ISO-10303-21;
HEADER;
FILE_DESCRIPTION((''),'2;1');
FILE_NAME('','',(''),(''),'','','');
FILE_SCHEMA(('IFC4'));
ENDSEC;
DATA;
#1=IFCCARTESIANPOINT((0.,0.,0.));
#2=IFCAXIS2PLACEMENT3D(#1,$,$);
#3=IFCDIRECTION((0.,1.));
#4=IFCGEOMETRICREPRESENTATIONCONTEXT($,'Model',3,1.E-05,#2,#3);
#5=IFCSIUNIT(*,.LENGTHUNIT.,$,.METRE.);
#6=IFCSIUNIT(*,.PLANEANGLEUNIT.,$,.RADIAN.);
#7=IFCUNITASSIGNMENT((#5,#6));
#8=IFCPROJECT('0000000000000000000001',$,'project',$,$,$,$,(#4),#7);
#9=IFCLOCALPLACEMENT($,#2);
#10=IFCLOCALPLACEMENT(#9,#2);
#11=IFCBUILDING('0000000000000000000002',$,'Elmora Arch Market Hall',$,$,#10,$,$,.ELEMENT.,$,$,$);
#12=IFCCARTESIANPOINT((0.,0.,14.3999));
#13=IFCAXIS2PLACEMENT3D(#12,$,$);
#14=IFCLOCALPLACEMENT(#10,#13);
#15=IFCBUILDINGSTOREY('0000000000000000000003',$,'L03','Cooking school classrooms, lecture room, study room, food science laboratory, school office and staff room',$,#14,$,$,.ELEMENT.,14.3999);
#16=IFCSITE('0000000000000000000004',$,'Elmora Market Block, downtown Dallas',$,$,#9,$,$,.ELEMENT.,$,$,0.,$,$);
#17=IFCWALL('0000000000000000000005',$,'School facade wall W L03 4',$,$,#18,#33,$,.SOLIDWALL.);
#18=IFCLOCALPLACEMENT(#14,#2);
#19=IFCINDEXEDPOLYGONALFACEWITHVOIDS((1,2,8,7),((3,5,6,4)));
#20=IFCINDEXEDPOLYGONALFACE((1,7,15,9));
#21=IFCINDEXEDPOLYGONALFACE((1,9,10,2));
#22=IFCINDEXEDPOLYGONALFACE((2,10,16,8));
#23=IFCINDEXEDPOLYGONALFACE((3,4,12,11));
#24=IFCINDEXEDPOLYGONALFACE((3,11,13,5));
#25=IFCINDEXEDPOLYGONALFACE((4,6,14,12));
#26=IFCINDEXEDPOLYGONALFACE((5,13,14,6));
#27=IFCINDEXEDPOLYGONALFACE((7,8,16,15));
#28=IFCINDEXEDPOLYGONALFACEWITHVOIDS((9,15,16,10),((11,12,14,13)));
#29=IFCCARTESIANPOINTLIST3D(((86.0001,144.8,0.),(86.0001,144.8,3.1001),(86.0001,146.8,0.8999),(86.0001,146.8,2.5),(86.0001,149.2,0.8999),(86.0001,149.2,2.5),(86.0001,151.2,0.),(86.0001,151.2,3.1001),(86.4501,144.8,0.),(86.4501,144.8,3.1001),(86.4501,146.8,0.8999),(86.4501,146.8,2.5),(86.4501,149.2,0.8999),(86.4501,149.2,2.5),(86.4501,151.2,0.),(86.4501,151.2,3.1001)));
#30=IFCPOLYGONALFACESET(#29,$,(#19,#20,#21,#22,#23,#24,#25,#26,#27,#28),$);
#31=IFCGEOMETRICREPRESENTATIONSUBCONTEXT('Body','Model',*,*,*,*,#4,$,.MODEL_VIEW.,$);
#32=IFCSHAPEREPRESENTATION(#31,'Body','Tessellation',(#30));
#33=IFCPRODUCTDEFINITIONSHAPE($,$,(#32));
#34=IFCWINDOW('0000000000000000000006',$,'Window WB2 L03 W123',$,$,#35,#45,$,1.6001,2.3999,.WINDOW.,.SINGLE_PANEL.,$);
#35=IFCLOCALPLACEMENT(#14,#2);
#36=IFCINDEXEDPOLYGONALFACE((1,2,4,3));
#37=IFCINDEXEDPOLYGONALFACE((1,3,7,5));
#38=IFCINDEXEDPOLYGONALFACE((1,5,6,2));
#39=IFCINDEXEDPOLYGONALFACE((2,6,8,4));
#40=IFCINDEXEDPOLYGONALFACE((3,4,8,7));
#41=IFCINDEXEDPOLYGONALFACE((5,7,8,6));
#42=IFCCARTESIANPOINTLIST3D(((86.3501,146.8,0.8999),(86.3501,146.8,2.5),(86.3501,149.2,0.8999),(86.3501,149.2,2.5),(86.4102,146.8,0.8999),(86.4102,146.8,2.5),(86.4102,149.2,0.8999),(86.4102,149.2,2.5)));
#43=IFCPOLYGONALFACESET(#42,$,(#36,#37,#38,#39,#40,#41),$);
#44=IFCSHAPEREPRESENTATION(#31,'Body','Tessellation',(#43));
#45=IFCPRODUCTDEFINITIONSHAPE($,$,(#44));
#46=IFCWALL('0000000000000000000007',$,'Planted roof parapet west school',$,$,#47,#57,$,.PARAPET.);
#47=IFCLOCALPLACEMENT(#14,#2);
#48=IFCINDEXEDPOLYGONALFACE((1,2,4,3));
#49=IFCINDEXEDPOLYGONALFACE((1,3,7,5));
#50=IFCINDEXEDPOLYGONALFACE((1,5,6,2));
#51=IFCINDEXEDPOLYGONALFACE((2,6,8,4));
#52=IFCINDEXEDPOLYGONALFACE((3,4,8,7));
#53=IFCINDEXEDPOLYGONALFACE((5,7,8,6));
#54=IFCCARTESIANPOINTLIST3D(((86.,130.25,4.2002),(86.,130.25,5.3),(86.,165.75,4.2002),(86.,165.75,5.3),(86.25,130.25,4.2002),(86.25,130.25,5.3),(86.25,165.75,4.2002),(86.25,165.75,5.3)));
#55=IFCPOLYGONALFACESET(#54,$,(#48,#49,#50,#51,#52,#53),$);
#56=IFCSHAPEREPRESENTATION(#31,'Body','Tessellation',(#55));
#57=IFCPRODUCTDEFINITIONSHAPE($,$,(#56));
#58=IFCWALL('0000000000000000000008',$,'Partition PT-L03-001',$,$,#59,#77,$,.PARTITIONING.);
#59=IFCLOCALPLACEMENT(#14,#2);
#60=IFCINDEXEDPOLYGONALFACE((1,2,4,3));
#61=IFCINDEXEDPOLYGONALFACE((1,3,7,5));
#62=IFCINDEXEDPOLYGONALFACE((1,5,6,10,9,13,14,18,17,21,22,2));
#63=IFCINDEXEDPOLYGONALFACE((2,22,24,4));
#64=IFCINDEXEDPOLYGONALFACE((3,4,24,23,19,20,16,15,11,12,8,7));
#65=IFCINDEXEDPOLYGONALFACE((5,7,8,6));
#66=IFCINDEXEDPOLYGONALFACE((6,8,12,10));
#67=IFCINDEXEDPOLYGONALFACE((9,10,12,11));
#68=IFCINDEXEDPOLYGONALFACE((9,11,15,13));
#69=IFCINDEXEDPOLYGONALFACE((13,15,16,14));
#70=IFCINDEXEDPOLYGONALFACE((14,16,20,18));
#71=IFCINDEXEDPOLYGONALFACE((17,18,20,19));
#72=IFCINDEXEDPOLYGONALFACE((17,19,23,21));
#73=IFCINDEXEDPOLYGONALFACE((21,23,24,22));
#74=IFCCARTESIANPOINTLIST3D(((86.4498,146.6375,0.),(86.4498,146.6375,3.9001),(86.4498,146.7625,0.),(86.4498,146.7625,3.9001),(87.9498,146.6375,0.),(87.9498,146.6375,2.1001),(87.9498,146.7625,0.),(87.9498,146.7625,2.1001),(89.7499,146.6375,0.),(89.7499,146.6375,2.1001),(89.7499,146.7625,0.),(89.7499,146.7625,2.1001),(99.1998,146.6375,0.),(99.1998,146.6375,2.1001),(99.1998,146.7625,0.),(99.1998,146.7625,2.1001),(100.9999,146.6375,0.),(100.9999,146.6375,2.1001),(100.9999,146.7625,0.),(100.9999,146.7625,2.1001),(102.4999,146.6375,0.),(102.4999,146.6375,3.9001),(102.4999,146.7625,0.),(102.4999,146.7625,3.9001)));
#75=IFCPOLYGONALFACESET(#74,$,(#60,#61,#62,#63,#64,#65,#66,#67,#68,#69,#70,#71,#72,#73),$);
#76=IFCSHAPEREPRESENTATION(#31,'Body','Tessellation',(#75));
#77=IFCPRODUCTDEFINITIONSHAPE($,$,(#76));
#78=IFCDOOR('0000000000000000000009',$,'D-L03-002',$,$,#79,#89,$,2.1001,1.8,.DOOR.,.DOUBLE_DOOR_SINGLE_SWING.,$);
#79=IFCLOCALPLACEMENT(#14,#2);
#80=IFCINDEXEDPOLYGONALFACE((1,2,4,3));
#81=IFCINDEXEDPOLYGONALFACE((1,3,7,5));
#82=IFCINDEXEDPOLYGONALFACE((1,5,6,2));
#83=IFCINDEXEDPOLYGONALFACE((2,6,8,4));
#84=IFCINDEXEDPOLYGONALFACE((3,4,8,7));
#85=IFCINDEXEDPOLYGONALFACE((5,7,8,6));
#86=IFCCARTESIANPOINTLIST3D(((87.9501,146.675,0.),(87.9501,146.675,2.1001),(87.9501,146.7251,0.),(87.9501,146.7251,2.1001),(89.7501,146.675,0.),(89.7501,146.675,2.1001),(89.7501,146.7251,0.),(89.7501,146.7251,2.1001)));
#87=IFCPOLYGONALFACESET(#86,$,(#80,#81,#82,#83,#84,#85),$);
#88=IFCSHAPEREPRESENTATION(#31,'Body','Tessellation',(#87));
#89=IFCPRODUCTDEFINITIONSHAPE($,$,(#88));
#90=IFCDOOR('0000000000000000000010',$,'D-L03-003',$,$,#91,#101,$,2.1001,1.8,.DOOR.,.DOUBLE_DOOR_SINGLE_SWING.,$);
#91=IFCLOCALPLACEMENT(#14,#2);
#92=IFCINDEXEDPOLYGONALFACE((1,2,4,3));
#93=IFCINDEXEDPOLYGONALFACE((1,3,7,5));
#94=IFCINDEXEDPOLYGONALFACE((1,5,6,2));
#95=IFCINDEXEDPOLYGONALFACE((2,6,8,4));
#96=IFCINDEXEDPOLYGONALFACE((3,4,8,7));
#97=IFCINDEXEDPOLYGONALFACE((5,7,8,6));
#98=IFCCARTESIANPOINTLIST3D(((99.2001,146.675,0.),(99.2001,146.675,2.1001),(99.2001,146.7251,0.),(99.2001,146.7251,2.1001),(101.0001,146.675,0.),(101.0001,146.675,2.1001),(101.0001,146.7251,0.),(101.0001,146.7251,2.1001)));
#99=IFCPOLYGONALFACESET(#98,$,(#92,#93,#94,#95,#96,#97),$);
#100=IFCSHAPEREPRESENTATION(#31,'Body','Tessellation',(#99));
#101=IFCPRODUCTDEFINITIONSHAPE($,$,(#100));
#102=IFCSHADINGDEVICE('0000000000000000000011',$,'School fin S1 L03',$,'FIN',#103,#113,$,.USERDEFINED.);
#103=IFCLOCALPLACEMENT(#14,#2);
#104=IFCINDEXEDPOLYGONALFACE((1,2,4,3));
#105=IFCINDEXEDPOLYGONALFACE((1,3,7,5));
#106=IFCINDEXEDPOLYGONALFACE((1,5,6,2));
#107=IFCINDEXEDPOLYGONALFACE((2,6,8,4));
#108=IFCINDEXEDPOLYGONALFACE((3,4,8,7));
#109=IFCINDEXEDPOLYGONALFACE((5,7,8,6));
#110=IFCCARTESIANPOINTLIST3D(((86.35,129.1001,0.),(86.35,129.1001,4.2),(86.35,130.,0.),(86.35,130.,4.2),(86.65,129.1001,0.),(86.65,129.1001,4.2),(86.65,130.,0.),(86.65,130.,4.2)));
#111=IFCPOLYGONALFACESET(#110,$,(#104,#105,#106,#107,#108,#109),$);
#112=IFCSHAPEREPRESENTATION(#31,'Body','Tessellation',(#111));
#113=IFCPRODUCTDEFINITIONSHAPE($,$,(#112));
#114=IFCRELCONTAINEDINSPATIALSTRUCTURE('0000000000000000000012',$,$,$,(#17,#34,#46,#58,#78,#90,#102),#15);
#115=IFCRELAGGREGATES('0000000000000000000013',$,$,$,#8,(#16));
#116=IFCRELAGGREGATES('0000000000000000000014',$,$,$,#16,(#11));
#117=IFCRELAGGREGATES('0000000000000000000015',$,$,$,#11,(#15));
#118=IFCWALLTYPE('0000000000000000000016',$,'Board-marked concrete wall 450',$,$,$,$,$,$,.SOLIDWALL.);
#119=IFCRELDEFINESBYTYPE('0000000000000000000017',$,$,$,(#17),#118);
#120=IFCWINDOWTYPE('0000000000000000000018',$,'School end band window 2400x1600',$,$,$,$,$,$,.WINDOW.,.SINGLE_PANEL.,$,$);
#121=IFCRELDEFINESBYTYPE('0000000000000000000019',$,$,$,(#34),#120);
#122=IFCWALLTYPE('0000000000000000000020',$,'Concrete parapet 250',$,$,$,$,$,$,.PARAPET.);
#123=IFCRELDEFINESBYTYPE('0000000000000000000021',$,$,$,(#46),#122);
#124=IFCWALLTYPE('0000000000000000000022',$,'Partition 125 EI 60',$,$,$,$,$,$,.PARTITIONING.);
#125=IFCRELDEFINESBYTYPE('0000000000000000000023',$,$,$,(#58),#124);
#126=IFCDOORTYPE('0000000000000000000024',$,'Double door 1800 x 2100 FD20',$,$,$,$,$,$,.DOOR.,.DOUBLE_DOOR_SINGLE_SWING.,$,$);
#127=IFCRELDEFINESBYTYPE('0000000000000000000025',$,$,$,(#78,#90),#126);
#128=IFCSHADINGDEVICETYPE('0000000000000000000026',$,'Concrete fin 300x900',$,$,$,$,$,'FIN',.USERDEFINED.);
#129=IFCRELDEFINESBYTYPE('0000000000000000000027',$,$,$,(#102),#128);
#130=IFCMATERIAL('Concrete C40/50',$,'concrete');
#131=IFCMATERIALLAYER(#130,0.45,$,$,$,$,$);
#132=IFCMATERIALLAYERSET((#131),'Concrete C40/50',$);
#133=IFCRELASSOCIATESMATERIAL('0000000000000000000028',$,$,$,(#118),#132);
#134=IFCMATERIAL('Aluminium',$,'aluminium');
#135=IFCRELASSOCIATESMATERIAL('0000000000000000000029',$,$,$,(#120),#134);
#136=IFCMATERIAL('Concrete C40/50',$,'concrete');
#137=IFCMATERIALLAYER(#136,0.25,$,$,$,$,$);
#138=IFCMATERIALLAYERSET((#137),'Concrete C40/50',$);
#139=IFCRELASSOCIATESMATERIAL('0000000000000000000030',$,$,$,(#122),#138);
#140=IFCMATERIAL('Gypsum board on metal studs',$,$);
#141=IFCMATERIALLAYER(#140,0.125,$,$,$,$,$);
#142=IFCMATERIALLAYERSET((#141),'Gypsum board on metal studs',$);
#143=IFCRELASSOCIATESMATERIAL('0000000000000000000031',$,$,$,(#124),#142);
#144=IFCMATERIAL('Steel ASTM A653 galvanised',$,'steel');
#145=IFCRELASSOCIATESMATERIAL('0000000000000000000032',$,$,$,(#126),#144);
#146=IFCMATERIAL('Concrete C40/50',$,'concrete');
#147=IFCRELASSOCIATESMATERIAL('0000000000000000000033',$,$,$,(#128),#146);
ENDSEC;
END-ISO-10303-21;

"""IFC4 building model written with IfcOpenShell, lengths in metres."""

from ifc_helpers import new_model, si_unit, direction, frame, frame_2d, origin, origin_2d, place, context, subcontext, project, spatial, rectangle, extrude, material, layer, layer_set, type_object, element, fill, save


model = new_model("IFC4")

# Units and contexts
model_context = context("Model", 3, precision=1e-05, world=origin(), true_north=direction((0.0, 1.0)))
body_context = subcontext(model_context, "Body", "Model", "MODEL_VIEW")
ifc_project = project(units=[si_unit("LENGTHUNIT", "METRE"), si_unit("PLANEANGLEUNIT", "RADIAN")], contexts=[model_context])

# Site, building, storey
site_placement = place(None, origin())
site = spatial("IfcSite", under=ifc_project, at=site_placement, Name="Elmora Market Block, downtown Dallas", CompositionType="ELEMENT", RefElevation=0.0)
building_placement = place(site_placement, origin())
building = spatial("IfcBuilding", under=site, at=building_placement, Name="Elmora Arch Market Hall", CompositionType="ELEMENT")
storey_placement = place(building_placement, frame((0.0, 0.0, 14.3999)))
storey = spatial("IfcBuildingStorey", under=building, at=storey_placement, Name="L03", Description="Cooking school classrooms, lecture room, study room, food science laboratory, school office and staff room", CompositionType="ELEMENT", Elevation=14.3999)

# Wall, opening, window
ifc_material_1 = material(Name="Concrete C40/50", Category="concrete")
ifc_layer_1 = layer(ifc_material_1, 0.45)
ifc_layer_set_1 = layer_set([ifc_layer_1], Name="Concrete C40/50")
wall_type_1 = type_object("IfcWallType", Name="Board-marked concrete wall 450", PredefinedType="SOLIDWALL", material=ifc_layer_set_1)
ifc_material_2 = material(Name="Aluminium", Category="aluminium")
window_type = type_object("IfcWindowType", Name="School end band window 2400x1600", PartitioningType="SINGLE_PANEL", PredefinedType="WINDOW", material=ifc_material_2)
wall_1_placement = place(storey_placement, frame((86.2251, 144.8, 0.0), z_axis=(0.0, 0.0, 1.0), x_axis=(0.0, 1.0, 0.0)))
wall_1 = element("IfcWall", 1, at=wall_1_placement, inside=storey, type_object=wall_type_1, Name="School facade wall W L03 4", PredefinedType="SOLIDWALL", context=body_context, shape_type="SweptSolid", body=[
    extrude(rectangle(XDim=6.3999, YDim=0.45, at=frame_2d((3.2, 0.0))), origin(), (0.0, 0.0, 1.0), 3.1001),
])
opening_1_placement = place(wall_1_placement, frame((2.0, 0.0, 0.8999)))
opening_1 = element("IfcOpeningElement", 2, at=opening_1_placement, cuts=wall_1, PredefinedType="OPENING", context=body_context, shape_type="SweptSolid", body=[
    extrude(rectangle(XDim=2.3999, YDim=1.6001, at=frame_2d((1.2, 0.8))), frame((0.0, 0.2349, 0.0), z_axis=(0.0, -1.0, 0.0), x_axis=(1.0, 0.0, 0.0)), (0.0, 0.0, 1.0), 0.47),
])
window_1_placement = place(opening_1_placement, origin())
window_1 = element("IfcWindow", 3, at=window_1_placement, inside=storey, type_object=window_type, Name="Window WB2 L03 W123", OverallHeight=1.6001, OverallWidth=2.3999, PartitioningType="SINGLE_PANEL", PredefinedType="WINDOW", context=body_context, shape_type="SweptSolid", body=[
    extrude(rectangle(XDim=2.3999, YDim=1.6001, at=frame_2d((1.2, 0.8))), frame((0.0, -0.125, 0.0), z_axis=(0.0, -1.0, 0.0), x_axis=(1.0, 0.0, 0.0)), (0.0, 0.0, 1.0), 0.0601),
])
fill(opening_1, window_1)

# Wall
ifc_material_3 = material(Name="Concrete C40/50", Category="concrete")
ifc_layer_2 = layer(ifc_material_3, 0.25)
ifc_layer_set_2 = layer_set([ifc_layer_2], Name="Concrete C40/50")
wall_type_2 = type_object("IfcWallType", Name="Concrete parapet 250", PredefinedType="PARAPET", material=ifc_layer_set_2)
wall_2_placement = place(storey_placement, frame((86.125, 130.25, 4.2002), z_axis=(0.0, 0.0, 1.0), x_axis=(0.0, 1.0, 0.0)))
element("IfcWall", 4, at=wall_2_placement, inside=storey, type_object=wall_type_2, Name="Planted roof parapet west school", PredefinedType="PARAPET", context=body_context, shape_type="SweptSolid", body=[
    extrude(rectangle(XDim=35.5, YDim=0.25, at=frame_2d((17.75, 0.0))), origin(), (0.0, 0.0, 1.0), 1.0999),
])

# Wall, openings, doors
ifc_material_4 = material(Name="Gypsum board on metal studs")
ifc_layer_3 = layer(ifc_material_4, 0.125)
ifc_layer_set_3 = layer_set([ifc_layer_3], Name="Gypsum board on metal studs")
wall_type_3 = type_object("IfcWallType", Name="Partition 125 EI 60", PredefinedType="PARTITIONING", material=ifc_layer_set_3)
wall_3_placement = place(storey_placement, frame((86.45, 146.7, 0.0), z_axis=(0.0, 0.0, 1.0), x_axis=(1.0, 0.0, 0.0)))
wall_3 = element("IfcWall", 5, at=wall_3_placement, inside=storey, type_object=wall_type_3, Name="Partition PT-L03-001", PredefinedType="PARTITIONING", context=body_context, shape_type="SweptSolid", body=[
    extrude(rectangle(XDim=16.05, YDim=0.125, at=frame_2d((8.0249, 0.0))), origin(), (0.0, 0.0, 1.0), 3.9001),
])
opening_2_placement = place(wall_3_placement, frame((1.5, 0.0, 0.0)))
opening_2 = element("IfcOpeningElement", 6, at=opening_2_placement, cuts=wall_3, PredefinedType="OPENING", context=body_context, shape_type="SweptSolid", body=[
    extrude(rectangle(XDim=1.8, YDim=2.1001, at=frame_2d((0.8999, 1.05))), frame((0.0, 0.0725, 0.0), z_axis=(0.0, -1.0, 0.0), x_axis=(1.0, 0.0, 0.0)), (0.0, 0.0, 1.0), 0.145),
])
opening_3_placement = place(wall_3_placement, frame((12.75, 0.0, 0.0)))
opening_3 = element("IfcOpeningElement", 7, at=opening_3_placement, cuts=wall_3, PredefinedType="OPENING", context=body_context, shape_type="SweptSolid", body=[
    extrude(rectangle(XDim=1.8, YDim=2.1001, at=frame_2d((0.8999, 1.05))), frame((0.0, 0.0725, 0.0), z_axis=(0.0, -1.0, 0.0), x_axis=(1.0, 0.0, 0.0)), (0.0, 0.0, 1.0), 0.145),
])
ifc_material_5 = material(Name="Steel ASTM A653 galvanised", Category="steel")
door_type = type_object("IfcDoorType", Name="Double door 1800 x 2100 FD20", OperationType="DOUBLE_DOOR_SINGLE_SWING", PredefinedType="DOOR", material=ifc_material_5)
door_1_placement = place(opening_2_placement, frame((1.8, 0.0, 0.0), z_axis=(0.0, 0.0, 1.0), x_axis=(-1.0, 0.0, 0.0)))
door_1 = element("IfcDoor", 8, at=door_1_placement, inside=storey, type_object=door_type, Name="D-L03-002", OperationType="DOUBLE_DOOR_SINGLE_SWING", OverallHeight=2.1001, OverallWidth=1.8, PredefinedType="DOOR", context=body_context, shape_type="SweptSolid", body=[
    extrude(rectangle(XDim=1.8, YDim=2.1001, at=frame_2d((0.8999, 1.05))), frame((0.0, 0.0249, 0.0), z_axis=(0.0, -1.0, 0.0), x_axis=(1.0, 0.0, 0.0)), (0.0, 0.0, 1.0), 0.05),
])
fill(opening_2, door_1)
door_2_placement = place(opening_3_placement, frame((1.8, 0.0, 0.0), z_axis=(0.0, 0.0, 1.0), x_axis=(-1.0, 0.0, 0.0)))
door_2 = element("IfcDoor", 9, at=door_2_placement, inside=storey, type_object=door_type, Name="D-L03-003", OperationType="DOUBLE_DOOR_SINGLE_SWING", OverallHeight=2.1001, OverallWidth=1.8, PredefinedType="DOOR", context=body_context, shape_type="SweptSolid", body=[
    extrude(rectangle(XDim=1.8, YDim=2.1001, at=frame_2d((0.8999, 1.05))), frame((0.0, 0.0249, 0.0), z_axis=(0.0, -1.0, 0.0), x_axis=(1.0, 0.0, 0.0)), (0.0, 0.0, 1.0), 0.05),
])
fill(opening_3, door_2)

# Shading device
ifc_material_6 = material(Name="Concrete C40/50", Category="concrete")
shading_device_type = type_object("IfcShadingDeviceType", Name="Concrete fin 300x900", ElementType="FIN", PredefinedType="USERDEFINED", material=ifc_material_6)
shading_device_placement = place(storey_placement, frame((86.5, 129.55, 0.0), z_axis=(0.0, 0.0, 1.0), x_axis=(1.0, 0.0, 0.0)))
element("IfcShadingDevice", 10, at=shading_device_placement, inside=storey, type_object=shading_device_type, Name="School fin S1 L03", ObjectType="FIN", PredefinedType="USERDEFINED", context=body_context, shape_type="SweptSolid", body=[
    extrude(rectangle(XDim=0.3, YDim=0.8999, at=origin_2d()), origin(), (0.0, 0.0, 1.0), 4.2),
])

save(model, "model.ifc")
